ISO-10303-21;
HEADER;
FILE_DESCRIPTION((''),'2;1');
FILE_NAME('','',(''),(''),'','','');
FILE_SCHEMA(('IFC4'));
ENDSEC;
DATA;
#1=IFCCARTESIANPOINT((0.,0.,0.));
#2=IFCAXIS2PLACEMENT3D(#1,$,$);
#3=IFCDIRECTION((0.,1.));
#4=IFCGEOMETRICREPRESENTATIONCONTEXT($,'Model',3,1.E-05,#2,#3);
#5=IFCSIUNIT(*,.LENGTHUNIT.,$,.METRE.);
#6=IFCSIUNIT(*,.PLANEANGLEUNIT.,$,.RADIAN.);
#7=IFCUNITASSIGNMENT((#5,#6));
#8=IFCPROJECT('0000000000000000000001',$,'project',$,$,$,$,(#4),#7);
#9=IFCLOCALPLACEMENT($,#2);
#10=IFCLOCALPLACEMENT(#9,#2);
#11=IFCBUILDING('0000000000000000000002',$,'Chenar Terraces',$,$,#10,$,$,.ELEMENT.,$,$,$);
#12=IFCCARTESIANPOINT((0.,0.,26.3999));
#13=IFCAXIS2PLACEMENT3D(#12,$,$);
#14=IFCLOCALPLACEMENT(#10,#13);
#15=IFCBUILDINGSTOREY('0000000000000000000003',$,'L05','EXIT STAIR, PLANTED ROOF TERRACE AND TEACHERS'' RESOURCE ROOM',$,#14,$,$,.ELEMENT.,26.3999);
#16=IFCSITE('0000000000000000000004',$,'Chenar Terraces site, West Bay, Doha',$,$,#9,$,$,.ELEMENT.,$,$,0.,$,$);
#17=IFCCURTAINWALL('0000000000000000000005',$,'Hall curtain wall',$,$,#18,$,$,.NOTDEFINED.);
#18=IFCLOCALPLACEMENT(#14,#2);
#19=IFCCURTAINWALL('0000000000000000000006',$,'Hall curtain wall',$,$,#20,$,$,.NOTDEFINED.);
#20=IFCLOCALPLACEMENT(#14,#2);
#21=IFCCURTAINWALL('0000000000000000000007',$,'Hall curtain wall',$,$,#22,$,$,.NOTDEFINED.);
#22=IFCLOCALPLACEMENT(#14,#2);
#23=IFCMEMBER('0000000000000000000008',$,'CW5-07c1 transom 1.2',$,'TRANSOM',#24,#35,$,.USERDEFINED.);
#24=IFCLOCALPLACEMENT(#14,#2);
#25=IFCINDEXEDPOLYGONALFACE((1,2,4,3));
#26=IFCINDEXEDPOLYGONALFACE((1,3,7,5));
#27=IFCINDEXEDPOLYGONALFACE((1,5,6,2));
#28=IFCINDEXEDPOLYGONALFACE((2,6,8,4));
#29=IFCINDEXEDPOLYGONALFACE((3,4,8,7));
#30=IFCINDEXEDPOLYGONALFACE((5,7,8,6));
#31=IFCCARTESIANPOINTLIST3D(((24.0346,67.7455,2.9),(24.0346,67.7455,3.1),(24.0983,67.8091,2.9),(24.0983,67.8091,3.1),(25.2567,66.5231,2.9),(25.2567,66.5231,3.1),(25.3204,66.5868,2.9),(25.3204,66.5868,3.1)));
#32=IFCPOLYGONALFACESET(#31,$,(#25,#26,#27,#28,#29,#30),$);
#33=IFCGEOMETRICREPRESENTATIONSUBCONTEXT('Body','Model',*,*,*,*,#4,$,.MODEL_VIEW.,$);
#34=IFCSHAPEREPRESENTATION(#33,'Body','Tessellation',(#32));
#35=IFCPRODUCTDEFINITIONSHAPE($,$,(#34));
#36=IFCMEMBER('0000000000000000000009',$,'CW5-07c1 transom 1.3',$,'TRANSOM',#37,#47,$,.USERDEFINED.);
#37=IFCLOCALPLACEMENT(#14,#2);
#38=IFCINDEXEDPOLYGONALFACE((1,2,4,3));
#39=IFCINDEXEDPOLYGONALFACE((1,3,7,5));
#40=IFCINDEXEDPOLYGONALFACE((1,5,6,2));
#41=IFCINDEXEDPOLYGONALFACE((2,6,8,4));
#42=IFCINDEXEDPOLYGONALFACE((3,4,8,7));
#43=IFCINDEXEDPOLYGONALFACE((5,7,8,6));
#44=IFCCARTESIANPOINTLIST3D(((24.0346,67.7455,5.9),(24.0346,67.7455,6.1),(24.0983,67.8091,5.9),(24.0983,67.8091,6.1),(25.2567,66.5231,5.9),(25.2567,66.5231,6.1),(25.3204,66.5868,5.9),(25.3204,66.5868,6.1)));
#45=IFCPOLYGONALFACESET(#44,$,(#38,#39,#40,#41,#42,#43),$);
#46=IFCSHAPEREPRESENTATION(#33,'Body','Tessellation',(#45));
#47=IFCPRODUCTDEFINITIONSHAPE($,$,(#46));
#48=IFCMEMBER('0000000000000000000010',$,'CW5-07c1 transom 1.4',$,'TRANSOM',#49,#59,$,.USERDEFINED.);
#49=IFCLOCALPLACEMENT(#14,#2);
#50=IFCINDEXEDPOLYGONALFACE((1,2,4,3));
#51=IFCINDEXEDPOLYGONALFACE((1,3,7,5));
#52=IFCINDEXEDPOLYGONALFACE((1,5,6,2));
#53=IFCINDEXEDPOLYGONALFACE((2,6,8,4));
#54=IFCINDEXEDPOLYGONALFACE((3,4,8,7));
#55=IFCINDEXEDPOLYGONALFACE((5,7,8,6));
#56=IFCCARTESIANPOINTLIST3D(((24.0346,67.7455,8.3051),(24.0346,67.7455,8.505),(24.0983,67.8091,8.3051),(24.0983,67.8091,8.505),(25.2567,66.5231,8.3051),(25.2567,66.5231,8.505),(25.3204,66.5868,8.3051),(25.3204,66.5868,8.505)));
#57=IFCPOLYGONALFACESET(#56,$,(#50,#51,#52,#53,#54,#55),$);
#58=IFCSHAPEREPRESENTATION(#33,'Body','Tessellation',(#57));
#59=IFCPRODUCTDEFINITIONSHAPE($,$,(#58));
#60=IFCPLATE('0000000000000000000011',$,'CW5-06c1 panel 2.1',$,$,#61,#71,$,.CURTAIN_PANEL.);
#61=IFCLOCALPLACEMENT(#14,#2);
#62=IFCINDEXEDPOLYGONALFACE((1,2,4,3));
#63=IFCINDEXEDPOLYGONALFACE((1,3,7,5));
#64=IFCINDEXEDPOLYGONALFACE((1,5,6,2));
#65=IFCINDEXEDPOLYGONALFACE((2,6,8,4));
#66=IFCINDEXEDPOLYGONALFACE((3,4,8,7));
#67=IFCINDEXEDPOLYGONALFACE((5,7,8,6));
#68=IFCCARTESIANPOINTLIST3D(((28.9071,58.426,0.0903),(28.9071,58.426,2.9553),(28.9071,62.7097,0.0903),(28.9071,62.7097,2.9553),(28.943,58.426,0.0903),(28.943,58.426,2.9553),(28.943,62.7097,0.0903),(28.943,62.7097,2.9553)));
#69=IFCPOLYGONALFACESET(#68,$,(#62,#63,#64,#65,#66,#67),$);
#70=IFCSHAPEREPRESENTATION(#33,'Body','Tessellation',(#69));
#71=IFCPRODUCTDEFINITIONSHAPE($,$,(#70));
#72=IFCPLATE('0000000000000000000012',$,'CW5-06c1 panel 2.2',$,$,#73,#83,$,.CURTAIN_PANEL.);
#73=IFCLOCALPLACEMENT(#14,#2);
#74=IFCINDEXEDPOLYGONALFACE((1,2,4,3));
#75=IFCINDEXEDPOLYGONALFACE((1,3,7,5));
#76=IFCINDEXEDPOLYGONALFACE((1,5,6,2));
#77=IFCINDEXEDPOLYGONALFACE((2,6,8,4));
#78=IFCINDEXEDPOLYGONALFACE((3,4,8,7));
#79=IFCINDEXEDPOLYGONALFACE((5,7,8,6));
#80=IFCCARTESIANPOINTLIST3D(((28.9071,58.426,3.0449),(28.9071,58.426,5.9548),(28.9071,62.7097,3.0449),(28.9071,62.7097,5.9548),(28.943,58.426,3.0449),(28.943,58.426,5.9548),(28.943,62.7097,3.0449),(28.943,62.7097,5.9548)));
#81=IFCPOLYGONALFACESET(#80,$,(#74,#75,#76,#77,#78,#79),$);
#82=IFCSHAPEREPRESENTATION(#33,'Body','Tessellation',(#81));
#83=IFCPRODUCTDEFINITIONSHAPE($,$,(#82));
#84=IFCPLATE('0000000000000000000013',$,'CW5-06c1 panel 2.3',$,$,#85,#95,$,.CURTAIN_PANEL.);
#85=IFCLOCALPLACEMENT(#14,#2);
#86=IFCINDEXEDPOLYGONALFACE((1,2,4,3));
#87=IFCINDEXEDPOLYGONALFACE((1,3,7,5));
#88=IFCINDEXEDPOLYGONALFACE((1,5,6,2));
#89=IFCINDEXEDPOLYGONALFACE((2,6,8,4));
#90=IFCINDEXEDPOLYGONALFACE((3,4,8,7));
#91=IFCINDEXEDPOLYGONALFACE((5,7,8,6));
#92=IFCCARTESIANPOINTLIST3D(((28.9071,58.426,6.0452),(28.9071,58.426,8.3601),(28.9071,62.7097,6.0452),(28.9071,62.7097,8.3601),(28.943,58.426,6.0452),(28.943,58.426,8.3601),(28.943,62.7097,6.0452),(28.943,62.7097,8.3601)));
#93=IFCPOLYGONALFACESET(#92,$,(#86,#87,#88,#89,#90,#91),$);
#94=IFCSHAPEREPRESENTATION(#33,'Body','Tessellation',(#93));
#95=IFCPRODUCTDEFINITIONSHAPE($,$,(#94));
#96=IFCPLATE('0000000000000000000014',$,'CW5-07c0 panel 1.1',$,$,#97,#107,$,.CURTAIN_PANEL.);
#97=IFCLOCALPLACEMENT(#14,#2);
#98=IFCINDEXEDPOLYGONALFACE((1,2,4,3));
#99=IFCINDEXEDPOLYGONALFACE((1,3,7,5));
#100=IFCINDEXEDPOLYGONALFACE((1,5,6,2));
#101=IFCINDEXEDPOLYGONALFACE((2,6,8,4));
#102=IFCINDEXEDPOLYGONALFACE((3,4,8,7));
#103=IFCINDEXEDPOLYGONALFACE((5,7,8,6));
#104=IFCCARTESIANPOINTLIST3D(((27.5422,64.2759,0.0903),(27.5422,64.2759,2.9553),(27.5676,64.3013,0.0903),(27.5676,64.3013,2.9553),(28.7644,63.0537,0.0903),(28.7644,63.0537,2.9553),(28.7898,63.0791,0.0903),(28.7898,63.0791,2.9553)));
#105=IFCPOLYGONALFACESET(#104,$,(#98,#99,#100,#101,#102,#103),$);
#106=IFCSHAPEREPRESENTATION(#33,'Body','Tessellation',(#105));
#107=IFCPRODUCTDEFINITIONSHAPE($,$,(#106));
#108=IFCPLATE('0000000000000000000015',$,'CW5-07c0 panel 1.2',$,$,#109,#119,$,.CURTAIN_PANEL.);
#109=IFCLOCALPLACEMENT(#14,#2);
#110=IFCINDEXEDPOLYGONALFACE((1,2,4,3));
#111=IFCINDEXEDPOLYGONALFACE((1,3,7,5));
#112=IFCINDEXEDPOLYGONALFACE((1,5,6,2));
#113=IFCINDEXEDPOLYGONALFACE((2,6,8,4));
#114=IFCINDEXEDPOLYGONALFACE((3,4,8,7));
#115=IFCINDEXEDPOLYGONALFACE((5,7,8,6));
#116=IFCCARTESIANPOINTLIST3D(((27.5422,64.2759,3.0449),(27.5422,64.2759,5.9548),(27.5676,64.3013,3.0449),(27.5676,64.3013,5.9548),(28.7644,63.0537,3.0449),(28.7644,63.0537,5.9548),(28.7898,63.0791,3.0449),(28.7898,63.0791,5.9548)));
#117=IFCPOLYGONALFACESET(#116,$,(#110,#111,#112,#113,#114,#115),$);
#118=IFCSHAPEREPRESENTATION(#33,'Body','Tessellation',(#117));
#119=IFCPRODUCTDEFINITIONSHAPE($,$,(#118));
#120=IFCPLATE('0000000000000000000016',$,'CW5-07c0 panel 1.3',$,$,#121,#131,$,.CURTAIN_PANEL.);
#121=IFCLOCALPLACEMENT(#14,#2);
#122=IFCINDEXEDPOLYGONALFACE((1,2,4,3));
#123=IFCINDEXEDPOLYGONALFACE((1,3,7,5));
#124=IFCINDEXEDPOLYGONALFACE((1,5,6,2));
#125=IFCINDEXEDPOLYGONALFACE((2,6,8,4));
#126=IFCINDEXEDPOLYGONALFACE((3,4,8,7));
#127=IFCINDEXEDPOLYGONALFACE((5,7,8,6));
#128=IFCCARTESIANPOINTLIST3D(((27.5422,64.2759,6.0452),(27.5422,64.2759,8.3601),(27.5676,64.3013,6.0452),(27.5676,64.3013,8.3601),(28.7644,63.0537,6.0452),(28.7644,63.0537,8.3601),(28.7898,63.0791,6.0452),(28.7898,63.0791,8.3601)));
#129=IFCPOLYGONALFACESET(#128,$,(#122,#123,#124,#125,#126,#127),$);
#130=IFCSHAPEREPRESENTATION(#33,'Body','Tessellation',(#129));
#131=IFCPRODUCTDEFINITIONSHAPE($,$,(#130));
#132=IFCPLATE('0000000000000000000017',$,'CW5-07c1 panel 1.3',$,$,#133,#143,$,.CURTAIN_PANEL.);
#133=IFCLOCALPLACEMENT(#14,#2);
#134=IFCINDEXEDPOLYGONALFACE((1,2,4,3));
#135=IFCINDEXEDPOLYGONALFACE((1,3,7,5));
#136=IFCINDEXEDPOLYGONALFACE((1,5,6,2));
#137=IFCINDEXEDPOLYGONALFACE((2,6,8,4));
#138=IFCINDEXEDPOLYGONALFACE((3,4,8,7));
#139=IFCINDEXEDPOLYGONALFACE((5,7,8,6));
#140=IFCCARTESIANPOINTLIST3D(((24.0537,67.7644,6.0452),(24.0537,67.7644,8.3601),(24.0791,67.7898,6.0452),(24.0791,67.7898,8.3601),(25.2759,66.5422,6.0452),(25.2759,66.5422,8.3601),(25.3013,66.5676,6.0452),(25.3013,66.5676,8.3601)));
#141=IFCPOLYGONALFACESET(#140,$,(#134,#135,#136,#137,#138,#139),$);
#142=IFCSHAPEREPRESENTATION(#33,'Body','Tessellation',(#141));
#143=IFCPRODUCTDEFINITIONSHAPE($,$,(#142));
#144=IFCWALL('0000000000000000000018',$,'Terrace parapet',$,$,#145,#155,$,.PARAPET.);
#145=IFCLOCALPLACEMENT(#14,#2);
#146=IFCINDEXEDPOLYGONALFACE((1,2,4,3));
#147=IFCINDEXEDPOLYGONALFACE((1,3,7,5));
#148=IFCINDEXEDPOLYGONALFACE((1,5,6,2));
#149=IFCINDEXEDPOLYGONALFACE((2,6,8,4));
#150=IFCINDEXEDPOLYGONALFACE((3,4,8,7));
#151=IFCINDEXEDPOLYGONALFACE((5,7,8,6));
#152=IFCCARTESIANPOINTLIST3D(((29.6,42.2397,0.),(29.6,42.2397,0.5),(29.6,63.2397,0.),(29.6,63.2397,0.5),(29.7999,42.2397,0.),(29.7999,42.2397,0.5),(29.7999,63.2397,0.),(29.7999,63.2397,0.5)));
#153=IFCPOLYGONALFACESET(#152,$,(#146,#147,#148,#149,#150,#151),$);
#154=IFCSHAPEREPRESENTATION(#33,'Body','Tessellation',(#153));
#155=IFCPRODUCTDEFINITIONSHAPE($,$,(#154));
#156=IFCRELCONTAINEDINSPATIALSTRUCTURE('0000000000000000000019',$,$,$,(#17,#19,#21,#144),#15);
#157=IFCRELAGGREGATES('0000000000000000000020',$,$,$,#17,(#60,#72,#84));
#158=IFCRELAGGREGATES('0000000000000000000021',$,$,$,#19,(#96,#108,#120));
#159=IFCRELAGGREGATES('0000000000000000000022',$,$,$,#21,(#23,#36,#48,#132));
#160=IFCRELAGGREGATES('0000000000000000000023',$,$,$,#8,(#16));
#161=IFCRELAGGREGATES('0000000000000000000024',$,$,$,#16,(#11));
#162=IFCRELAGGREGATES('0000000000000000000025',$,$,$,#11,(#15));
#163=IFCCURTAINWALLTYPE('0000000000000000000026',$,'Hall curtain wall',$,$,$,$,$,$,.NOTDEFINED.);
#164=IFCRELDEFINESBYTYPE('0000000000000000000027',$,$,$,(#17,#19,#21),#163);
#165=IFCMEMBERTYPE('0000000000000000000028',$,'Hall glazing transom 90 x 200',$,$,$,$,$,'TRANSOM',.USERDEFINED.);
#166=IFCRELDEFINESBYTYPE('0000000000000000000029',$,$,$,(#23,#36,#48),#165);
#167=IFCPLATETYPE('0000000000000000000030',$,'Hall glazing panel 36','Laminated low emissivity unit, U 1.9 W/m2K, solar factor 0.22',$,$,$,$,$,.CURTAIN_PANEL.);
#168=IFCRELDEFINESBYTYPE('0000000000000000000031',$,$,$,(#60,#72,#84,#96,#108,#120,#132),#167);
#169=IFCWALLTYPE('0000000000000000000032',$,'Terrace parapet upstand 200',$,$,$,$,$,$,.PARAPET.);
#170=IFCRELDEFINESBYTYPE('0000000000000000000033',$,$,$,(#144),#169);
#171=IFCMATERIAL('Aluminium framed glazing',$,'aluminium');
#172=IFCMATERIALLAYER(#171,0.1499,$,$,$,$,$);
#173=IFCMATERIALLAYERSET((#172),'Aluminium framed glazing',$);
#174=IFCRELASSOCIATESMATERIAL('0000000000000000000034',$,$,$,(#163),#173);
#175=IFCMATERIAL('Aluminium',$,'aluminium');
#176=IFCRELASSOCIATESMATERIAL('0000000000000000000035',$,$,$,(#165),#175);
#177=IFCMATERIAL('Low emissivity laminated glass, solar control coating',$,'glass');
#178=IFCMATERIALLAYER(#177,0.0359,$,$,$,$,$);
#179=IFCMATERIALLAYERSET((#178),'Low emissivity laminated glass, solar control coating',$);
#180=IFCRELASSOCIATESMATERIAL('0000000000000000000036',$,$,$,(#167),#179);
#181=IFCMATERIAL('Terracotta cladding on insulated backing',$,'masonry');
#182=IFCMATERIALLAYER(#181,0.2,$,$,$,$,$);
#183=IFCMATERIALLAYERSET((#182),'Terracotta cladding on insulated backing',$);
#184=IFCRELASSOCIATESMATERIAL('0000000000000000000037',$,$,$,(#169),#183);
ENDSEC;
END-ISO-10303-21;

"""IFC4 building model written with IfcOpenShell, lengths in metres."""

from ifc_helpers import new_model, si_unit, direction, frame, frame_2d, origin, origin_2d, place, context, subcontext, project, spatial, rectangle, extrude, material, layer, layer_set, material_profile, profile_set, type_object, element, aggregate, save


model = new_model("IFC4")

# Units and contexts
model_context = context("Model", 3, precision=1e-05, world=origin(), true_north=direction((0.0, 1.0)))
body_context = subcontext(model_context, "Body", "Model", "MODEL_VIEW")
ifc_project = project(units=[si_unit("LENGTHUNIT", "METRE"), si_unit("PLANEANGLEUNIT", "RADIAN")], contexts=[model_context])

# Site, building, storey
site_placement = place(None, origin())
site = spatial("IfcSite", under=ifc_project, at=site_placement, Name="Chenar Terraces site, West Bay, Doha", CompositionType="ELEMENT", RefElevation=0.0)
building_placement = place(site_placement, origin())
building = spatial("IfcBuilding", under=site, at=building_placement, Name="Chenar Terraces", CompositionType="ELEMENT")
storey_placement = place(building_placement, frame((0.0, 0.0, 26.3999)))
storey = spatial("IfcBuildingStorey", under=building, at=storey_placement, Name="L05", Description="EXIT STAIR, PLANTED ROOF TERRACE AND TEACHERS' RESOURCE ROOM", CompositionType="ELEMENT", Elevation=26.3999)

# Curtain walls
ifc_material_1 = material(Name="Aluminium framed glazing", Category="aluminium")
ifc_layer_1 = layer(ifc_material_1, 0.1499)
ifc_layer_set_1 = layer_set([ifc_layer_1], Name="Aluminium framed glazing")
curtain_wall_type = type_object("IfcCurtainWallType", Name="Hall curtain wall", PredefinedType="NOTDEFINED", material=ifc_layer_set_1)
placement = place(storey_placement, origin())
curtain_wall_1 = element("IfcCurtainWall", 1, at=placement, inside=storey, type_object=curtain_wall_type, Name="Hall curtain wall", PredefinedType="NOTDEFINED")
curtain_wall_2 = element("IfcCurtainWall", 2, at=placement, inside=storey, type_object=curtain_wall_type, Name="Hall curtain wall", PredefinedType="NOTDEFINED")

# Curtain wall
curtain_wall_3 = element("IfcCurtainWall", 3, at=placement, inside=storey, type_object=curtain_wall_type, Name="Hall curtain wall", PredefinedType="NOTDEFINED")

# Members
ifc_material_2 = material(Name="Aluminium", Category="aluminium")
ifc_material_profile_1 = material_profile(ifc_material_2, rectangle(XDim=0.0901, YDim=0.2, at=origin_2d()), Name="Hall glazing transom 90 x 200")
ifc_profile_set_1 = profile_set([ifc_material_profile_1], Name="Aluminium")
member_type_1 = type_object("IfcMemberType", Name="Hall glazing transom 90 x 200", ElementType="TRANSOM", PredefinedType="USERDEFINED", material=ifc_profile_set_1)
member_1_placement = place(storey_placement, frame((25.2886, 66.5549, 3.0), z_axis=(-0.707036, 0.707177, 0.0), x_axis=(-0.707177, -0.707036, 0.0)))
member_1 = element("IfcMember", 4, at=member_1_placement, type_object=member_type_1, Name="CW5-07c1 transom 1.2", ObjectType="TRANSOM", PredefinedType="USERDEFINED", context=body_context, shape_type="SweptSolid", body=[
    extrude(rectangle(XDim=0.0901, YDim=0.2, at=origin_2d()), origin(), (0.0, 0.0, 1.0), 1.7285),
])
member_2_placement = place(storey_placement, frame((25.2886, 66.5549, 6.0), z_axis=(-0.707036, 0.707177, 0.0), x_axis=(-0.707177, -0.707036, 0.0)))
member_2 = element("IfcMember", 5, at=member_2_placement, type_object=member_type_1, Name="CW5-07c1 transom 1.3", ObjectType="TRANSOM", PredefinedType="USERDEFINED", context=body_context, shape_type="SweptSolid", body=[
    extrude(rectangle(XDim=0.0901, YDim=0.2, at=origin_2d()), origin(), (0.0, 0.0, 1.0), 1.7285),
])
member_3_placement = place(storey_placement, frame((25.2886, 66.5549, 8.405), z_axis=(-0.707036, 0.707177, 0.0), x_axis=(-0.707177, -0.707036, 0.0)))
member_3 = element("IfcMember", 6, at=member_3_placement, type_object=member_type_1, Name="CW5-07c1 transom 1.4", ObjectType="TRANSOM", PredefinedType="USERDEFINED", context=body_context, shape_type="SweptSolid", body=[
    extrude(rectangle(XDim=0.0901, YDim=0.2, at=origin_2d()), origin(), (0.0, 0.0, 1.0), 1.7285),
])

# Plates
ifc_material_3 = material(Name="Low emissivity laminated glass, solar control coating", Category="glass")
ifc_layer_2 = layer(ifc_material_3, 0.0359)
ifc_layer_set_2 = layer_set([ifc_layer_2], Name="Low emissivity laminated glass, solar control coating")
plate_type = type_object("IfcPlateType", Name="Hall glazing panel 36", Description="Laminated low emissivity unit, U 1.9 W/m2K, solar factor 0.22", PredefinedType="CURTAIN_PANEL", material=ifc_layer_set_2)
plate_1_placement = place(storey_placement, frame((28.925, 60.5679, 0.0903), z_axis=(0.0, 0.0, 1.0), x_axis=(0.0, 1.0, 0.0)))
plate_1 = element("IfcPlate", 7, at=plate_1_placement, type_object=plate_type, Name="CW5-06c1 panel 2.1", PredefinedType="CURTAIN_PANEL", context=body_context, shape_type="SweptSolid", body=[
    extrude(rectangle(XDim=4.2837, YDim=0.0359, at=origin_2d()), origin(), (0.0, 0.0, 1.0), 2.865),
])
plate_2_placement = place(storey_placement, frame((28.925, 60.5679, 3.0449), z_axis=(0.0, 0.0, 1.0), x_axis=(0.0, 1.0, 0.0)))
plate_2 = element("IfcPlate", 8, at=plate_2_placement, type_object=plate_type, Name="CW5-06c1 panel 2.2", PredefinedType="CURTAIN_PANEL", context=body_context, shape_type="SweptSolid", body=[
    extrude(rectangle(XDim=4.2837, YDim=0.0359, at=origin_2d()), origin(), (0.0, 0.0, 1.0), 2.9099),
])
plate_3_placement = place(storey_placement, frame((28.925, 60.5679, 6.0452), z_axis=(0.0, 0.0, 1.0), x_axis=(0.0, 1.0, 0.0)))
plate_3 = element("IfcPlate", 9, at=plate_3_placement, type_object=plate_type, Name="CW5-06c1 panel 2.3", PredefinedType="CURTAIN_PANEL", context=body_context, shape_type="SweptSolid", body=[
    extrude(rectangle(XDim=4.2837, YDim=0.0359, at=origin_2d()), origin(), (0.0, 0.0, 1.0), 2.3149),
])
aggregate(curtain_wall_1, [plate_1, plate_2, plate_3])
plate_4_placement = place(storey_placement, frame((28.166, 63.6775, 0.0903), z_axis=(0.0, 0.0, 1.0), x_axis=(-0.707107, 0.707107, 0.0)))
plate_4 = element("IfcPlate", 10, at=plate_4_placement, type_object=plate_type, Name="CW5-07c0 panel 1.1", PredefinedType="CURTAIN_PANEL", context=body_context, shape_type="SweptSolid", body=[
    extrude(rectangle(XDim=1.7285, YDim=0.0359, at=origin_2d()), origin(), (0.0, 0.0, 1.0), 2.865),
])
plate_5_placement = place(storey_placement, frame((28.166, 63.6775, 3.0449), z_axis=(0.0, 0.0, 1.0), x_axis=(-0.707107, 0.707107, 0.0)))
plate_5 = element("IfcPlate", 11, at=plate_5_placement, type_object=plate_type, Name="CW5-07c0 panel 1.2", PredefinedType="CURTAIN_PANEL", context=body_context, shape_type="SweptSolid", body=[
    extrude(rectangle(XDim=1.7285, YDim=0.0359, at=origin_2d()), origin(), (0.0, 0.0, 1.0), 2.9099),
])
plate_6_placement = place(storey_placement, frame((28.166, 63.6775, 6.0452), z_axis=(0.0, 0.0, 1.0), x_axis=(-0.707107, 0.707107, 0.0)))
plate_6 = element("IfcPlate", 12, at=plate_6_placement, type_object=plate_type, Name="CW5-07c0 panel 1.3", PredefinedType="CURTAIN_PANEL", context=body_context, shape_type="SweptSolid", body=[
    extrude(rectangle(XDim=1.7285, YDim=0.0359, at=origin_2d()), origin(), (0.0, 0.0, 1.0), 2.3149),
])
aggregate(curtain_wall_2, [plate_4, plate_5, plate_6])
plate_7_placement = place(storey_placement, frame((24.6775, 67.166, 6.0452), z_axis=(0.0, 0.0, 1.0), x_axis=(-0.707107, 0.707107, 0.0)))
plate_7 = element("IfcPlate", 13, at=plate_7_placement, type_object=plate_type, Name="CW5-07c1 panel 1.3", PredefinedType="CURTAIN_PANEL", context=body_context, shape_type="SweptSolid", body=[
    extrude(rectangle(XDim=1.7285, YDim=0.0359, at=origin_2d()), origin(), (0.0, 0.0, 1.0), 2.3149),
])
aggregate(curtain_wall_3, [member_1, member_2, member_3, plate_7])

# Wall
ifc_material_4 = material(Name="Terracotta cladding on insulated backing", Category="masonry")
ifc_layer_3 = layer(ifc_material_4, 0.2)
ifc_layer_set_3 = layer_set([ifc_layer_3], Name="Terracotta cladding on insulated backing")
wall_type_1 = type_object("IfcWallType", Name="Terrace parapet upstand 200", PredefinedType="PARAPET", material=ifc_layer_set_3)
wall_1_placement = place(storey_placement, frame((29.7, 63.2397, 0.0), z_axis=(0.0, 0.0, 1.0), x_axis=(0.0, -1.0, 0.0)))
element("IfcWall", 14, at=wall_1_placement, inside=storey, type_object=wall_type_1, Name="Terrace parapet", PredefinedType="PARAPET", context=body_context, shape_type="SweptSolid", body=[
    extrude(rectangle(XDim=21.0, YDim=0.2, at=frame_2d((10.5, 0.0))), origin(), (0.0, 0.0, 1.0), 0.5),
])

save(model, "model.ifc")
